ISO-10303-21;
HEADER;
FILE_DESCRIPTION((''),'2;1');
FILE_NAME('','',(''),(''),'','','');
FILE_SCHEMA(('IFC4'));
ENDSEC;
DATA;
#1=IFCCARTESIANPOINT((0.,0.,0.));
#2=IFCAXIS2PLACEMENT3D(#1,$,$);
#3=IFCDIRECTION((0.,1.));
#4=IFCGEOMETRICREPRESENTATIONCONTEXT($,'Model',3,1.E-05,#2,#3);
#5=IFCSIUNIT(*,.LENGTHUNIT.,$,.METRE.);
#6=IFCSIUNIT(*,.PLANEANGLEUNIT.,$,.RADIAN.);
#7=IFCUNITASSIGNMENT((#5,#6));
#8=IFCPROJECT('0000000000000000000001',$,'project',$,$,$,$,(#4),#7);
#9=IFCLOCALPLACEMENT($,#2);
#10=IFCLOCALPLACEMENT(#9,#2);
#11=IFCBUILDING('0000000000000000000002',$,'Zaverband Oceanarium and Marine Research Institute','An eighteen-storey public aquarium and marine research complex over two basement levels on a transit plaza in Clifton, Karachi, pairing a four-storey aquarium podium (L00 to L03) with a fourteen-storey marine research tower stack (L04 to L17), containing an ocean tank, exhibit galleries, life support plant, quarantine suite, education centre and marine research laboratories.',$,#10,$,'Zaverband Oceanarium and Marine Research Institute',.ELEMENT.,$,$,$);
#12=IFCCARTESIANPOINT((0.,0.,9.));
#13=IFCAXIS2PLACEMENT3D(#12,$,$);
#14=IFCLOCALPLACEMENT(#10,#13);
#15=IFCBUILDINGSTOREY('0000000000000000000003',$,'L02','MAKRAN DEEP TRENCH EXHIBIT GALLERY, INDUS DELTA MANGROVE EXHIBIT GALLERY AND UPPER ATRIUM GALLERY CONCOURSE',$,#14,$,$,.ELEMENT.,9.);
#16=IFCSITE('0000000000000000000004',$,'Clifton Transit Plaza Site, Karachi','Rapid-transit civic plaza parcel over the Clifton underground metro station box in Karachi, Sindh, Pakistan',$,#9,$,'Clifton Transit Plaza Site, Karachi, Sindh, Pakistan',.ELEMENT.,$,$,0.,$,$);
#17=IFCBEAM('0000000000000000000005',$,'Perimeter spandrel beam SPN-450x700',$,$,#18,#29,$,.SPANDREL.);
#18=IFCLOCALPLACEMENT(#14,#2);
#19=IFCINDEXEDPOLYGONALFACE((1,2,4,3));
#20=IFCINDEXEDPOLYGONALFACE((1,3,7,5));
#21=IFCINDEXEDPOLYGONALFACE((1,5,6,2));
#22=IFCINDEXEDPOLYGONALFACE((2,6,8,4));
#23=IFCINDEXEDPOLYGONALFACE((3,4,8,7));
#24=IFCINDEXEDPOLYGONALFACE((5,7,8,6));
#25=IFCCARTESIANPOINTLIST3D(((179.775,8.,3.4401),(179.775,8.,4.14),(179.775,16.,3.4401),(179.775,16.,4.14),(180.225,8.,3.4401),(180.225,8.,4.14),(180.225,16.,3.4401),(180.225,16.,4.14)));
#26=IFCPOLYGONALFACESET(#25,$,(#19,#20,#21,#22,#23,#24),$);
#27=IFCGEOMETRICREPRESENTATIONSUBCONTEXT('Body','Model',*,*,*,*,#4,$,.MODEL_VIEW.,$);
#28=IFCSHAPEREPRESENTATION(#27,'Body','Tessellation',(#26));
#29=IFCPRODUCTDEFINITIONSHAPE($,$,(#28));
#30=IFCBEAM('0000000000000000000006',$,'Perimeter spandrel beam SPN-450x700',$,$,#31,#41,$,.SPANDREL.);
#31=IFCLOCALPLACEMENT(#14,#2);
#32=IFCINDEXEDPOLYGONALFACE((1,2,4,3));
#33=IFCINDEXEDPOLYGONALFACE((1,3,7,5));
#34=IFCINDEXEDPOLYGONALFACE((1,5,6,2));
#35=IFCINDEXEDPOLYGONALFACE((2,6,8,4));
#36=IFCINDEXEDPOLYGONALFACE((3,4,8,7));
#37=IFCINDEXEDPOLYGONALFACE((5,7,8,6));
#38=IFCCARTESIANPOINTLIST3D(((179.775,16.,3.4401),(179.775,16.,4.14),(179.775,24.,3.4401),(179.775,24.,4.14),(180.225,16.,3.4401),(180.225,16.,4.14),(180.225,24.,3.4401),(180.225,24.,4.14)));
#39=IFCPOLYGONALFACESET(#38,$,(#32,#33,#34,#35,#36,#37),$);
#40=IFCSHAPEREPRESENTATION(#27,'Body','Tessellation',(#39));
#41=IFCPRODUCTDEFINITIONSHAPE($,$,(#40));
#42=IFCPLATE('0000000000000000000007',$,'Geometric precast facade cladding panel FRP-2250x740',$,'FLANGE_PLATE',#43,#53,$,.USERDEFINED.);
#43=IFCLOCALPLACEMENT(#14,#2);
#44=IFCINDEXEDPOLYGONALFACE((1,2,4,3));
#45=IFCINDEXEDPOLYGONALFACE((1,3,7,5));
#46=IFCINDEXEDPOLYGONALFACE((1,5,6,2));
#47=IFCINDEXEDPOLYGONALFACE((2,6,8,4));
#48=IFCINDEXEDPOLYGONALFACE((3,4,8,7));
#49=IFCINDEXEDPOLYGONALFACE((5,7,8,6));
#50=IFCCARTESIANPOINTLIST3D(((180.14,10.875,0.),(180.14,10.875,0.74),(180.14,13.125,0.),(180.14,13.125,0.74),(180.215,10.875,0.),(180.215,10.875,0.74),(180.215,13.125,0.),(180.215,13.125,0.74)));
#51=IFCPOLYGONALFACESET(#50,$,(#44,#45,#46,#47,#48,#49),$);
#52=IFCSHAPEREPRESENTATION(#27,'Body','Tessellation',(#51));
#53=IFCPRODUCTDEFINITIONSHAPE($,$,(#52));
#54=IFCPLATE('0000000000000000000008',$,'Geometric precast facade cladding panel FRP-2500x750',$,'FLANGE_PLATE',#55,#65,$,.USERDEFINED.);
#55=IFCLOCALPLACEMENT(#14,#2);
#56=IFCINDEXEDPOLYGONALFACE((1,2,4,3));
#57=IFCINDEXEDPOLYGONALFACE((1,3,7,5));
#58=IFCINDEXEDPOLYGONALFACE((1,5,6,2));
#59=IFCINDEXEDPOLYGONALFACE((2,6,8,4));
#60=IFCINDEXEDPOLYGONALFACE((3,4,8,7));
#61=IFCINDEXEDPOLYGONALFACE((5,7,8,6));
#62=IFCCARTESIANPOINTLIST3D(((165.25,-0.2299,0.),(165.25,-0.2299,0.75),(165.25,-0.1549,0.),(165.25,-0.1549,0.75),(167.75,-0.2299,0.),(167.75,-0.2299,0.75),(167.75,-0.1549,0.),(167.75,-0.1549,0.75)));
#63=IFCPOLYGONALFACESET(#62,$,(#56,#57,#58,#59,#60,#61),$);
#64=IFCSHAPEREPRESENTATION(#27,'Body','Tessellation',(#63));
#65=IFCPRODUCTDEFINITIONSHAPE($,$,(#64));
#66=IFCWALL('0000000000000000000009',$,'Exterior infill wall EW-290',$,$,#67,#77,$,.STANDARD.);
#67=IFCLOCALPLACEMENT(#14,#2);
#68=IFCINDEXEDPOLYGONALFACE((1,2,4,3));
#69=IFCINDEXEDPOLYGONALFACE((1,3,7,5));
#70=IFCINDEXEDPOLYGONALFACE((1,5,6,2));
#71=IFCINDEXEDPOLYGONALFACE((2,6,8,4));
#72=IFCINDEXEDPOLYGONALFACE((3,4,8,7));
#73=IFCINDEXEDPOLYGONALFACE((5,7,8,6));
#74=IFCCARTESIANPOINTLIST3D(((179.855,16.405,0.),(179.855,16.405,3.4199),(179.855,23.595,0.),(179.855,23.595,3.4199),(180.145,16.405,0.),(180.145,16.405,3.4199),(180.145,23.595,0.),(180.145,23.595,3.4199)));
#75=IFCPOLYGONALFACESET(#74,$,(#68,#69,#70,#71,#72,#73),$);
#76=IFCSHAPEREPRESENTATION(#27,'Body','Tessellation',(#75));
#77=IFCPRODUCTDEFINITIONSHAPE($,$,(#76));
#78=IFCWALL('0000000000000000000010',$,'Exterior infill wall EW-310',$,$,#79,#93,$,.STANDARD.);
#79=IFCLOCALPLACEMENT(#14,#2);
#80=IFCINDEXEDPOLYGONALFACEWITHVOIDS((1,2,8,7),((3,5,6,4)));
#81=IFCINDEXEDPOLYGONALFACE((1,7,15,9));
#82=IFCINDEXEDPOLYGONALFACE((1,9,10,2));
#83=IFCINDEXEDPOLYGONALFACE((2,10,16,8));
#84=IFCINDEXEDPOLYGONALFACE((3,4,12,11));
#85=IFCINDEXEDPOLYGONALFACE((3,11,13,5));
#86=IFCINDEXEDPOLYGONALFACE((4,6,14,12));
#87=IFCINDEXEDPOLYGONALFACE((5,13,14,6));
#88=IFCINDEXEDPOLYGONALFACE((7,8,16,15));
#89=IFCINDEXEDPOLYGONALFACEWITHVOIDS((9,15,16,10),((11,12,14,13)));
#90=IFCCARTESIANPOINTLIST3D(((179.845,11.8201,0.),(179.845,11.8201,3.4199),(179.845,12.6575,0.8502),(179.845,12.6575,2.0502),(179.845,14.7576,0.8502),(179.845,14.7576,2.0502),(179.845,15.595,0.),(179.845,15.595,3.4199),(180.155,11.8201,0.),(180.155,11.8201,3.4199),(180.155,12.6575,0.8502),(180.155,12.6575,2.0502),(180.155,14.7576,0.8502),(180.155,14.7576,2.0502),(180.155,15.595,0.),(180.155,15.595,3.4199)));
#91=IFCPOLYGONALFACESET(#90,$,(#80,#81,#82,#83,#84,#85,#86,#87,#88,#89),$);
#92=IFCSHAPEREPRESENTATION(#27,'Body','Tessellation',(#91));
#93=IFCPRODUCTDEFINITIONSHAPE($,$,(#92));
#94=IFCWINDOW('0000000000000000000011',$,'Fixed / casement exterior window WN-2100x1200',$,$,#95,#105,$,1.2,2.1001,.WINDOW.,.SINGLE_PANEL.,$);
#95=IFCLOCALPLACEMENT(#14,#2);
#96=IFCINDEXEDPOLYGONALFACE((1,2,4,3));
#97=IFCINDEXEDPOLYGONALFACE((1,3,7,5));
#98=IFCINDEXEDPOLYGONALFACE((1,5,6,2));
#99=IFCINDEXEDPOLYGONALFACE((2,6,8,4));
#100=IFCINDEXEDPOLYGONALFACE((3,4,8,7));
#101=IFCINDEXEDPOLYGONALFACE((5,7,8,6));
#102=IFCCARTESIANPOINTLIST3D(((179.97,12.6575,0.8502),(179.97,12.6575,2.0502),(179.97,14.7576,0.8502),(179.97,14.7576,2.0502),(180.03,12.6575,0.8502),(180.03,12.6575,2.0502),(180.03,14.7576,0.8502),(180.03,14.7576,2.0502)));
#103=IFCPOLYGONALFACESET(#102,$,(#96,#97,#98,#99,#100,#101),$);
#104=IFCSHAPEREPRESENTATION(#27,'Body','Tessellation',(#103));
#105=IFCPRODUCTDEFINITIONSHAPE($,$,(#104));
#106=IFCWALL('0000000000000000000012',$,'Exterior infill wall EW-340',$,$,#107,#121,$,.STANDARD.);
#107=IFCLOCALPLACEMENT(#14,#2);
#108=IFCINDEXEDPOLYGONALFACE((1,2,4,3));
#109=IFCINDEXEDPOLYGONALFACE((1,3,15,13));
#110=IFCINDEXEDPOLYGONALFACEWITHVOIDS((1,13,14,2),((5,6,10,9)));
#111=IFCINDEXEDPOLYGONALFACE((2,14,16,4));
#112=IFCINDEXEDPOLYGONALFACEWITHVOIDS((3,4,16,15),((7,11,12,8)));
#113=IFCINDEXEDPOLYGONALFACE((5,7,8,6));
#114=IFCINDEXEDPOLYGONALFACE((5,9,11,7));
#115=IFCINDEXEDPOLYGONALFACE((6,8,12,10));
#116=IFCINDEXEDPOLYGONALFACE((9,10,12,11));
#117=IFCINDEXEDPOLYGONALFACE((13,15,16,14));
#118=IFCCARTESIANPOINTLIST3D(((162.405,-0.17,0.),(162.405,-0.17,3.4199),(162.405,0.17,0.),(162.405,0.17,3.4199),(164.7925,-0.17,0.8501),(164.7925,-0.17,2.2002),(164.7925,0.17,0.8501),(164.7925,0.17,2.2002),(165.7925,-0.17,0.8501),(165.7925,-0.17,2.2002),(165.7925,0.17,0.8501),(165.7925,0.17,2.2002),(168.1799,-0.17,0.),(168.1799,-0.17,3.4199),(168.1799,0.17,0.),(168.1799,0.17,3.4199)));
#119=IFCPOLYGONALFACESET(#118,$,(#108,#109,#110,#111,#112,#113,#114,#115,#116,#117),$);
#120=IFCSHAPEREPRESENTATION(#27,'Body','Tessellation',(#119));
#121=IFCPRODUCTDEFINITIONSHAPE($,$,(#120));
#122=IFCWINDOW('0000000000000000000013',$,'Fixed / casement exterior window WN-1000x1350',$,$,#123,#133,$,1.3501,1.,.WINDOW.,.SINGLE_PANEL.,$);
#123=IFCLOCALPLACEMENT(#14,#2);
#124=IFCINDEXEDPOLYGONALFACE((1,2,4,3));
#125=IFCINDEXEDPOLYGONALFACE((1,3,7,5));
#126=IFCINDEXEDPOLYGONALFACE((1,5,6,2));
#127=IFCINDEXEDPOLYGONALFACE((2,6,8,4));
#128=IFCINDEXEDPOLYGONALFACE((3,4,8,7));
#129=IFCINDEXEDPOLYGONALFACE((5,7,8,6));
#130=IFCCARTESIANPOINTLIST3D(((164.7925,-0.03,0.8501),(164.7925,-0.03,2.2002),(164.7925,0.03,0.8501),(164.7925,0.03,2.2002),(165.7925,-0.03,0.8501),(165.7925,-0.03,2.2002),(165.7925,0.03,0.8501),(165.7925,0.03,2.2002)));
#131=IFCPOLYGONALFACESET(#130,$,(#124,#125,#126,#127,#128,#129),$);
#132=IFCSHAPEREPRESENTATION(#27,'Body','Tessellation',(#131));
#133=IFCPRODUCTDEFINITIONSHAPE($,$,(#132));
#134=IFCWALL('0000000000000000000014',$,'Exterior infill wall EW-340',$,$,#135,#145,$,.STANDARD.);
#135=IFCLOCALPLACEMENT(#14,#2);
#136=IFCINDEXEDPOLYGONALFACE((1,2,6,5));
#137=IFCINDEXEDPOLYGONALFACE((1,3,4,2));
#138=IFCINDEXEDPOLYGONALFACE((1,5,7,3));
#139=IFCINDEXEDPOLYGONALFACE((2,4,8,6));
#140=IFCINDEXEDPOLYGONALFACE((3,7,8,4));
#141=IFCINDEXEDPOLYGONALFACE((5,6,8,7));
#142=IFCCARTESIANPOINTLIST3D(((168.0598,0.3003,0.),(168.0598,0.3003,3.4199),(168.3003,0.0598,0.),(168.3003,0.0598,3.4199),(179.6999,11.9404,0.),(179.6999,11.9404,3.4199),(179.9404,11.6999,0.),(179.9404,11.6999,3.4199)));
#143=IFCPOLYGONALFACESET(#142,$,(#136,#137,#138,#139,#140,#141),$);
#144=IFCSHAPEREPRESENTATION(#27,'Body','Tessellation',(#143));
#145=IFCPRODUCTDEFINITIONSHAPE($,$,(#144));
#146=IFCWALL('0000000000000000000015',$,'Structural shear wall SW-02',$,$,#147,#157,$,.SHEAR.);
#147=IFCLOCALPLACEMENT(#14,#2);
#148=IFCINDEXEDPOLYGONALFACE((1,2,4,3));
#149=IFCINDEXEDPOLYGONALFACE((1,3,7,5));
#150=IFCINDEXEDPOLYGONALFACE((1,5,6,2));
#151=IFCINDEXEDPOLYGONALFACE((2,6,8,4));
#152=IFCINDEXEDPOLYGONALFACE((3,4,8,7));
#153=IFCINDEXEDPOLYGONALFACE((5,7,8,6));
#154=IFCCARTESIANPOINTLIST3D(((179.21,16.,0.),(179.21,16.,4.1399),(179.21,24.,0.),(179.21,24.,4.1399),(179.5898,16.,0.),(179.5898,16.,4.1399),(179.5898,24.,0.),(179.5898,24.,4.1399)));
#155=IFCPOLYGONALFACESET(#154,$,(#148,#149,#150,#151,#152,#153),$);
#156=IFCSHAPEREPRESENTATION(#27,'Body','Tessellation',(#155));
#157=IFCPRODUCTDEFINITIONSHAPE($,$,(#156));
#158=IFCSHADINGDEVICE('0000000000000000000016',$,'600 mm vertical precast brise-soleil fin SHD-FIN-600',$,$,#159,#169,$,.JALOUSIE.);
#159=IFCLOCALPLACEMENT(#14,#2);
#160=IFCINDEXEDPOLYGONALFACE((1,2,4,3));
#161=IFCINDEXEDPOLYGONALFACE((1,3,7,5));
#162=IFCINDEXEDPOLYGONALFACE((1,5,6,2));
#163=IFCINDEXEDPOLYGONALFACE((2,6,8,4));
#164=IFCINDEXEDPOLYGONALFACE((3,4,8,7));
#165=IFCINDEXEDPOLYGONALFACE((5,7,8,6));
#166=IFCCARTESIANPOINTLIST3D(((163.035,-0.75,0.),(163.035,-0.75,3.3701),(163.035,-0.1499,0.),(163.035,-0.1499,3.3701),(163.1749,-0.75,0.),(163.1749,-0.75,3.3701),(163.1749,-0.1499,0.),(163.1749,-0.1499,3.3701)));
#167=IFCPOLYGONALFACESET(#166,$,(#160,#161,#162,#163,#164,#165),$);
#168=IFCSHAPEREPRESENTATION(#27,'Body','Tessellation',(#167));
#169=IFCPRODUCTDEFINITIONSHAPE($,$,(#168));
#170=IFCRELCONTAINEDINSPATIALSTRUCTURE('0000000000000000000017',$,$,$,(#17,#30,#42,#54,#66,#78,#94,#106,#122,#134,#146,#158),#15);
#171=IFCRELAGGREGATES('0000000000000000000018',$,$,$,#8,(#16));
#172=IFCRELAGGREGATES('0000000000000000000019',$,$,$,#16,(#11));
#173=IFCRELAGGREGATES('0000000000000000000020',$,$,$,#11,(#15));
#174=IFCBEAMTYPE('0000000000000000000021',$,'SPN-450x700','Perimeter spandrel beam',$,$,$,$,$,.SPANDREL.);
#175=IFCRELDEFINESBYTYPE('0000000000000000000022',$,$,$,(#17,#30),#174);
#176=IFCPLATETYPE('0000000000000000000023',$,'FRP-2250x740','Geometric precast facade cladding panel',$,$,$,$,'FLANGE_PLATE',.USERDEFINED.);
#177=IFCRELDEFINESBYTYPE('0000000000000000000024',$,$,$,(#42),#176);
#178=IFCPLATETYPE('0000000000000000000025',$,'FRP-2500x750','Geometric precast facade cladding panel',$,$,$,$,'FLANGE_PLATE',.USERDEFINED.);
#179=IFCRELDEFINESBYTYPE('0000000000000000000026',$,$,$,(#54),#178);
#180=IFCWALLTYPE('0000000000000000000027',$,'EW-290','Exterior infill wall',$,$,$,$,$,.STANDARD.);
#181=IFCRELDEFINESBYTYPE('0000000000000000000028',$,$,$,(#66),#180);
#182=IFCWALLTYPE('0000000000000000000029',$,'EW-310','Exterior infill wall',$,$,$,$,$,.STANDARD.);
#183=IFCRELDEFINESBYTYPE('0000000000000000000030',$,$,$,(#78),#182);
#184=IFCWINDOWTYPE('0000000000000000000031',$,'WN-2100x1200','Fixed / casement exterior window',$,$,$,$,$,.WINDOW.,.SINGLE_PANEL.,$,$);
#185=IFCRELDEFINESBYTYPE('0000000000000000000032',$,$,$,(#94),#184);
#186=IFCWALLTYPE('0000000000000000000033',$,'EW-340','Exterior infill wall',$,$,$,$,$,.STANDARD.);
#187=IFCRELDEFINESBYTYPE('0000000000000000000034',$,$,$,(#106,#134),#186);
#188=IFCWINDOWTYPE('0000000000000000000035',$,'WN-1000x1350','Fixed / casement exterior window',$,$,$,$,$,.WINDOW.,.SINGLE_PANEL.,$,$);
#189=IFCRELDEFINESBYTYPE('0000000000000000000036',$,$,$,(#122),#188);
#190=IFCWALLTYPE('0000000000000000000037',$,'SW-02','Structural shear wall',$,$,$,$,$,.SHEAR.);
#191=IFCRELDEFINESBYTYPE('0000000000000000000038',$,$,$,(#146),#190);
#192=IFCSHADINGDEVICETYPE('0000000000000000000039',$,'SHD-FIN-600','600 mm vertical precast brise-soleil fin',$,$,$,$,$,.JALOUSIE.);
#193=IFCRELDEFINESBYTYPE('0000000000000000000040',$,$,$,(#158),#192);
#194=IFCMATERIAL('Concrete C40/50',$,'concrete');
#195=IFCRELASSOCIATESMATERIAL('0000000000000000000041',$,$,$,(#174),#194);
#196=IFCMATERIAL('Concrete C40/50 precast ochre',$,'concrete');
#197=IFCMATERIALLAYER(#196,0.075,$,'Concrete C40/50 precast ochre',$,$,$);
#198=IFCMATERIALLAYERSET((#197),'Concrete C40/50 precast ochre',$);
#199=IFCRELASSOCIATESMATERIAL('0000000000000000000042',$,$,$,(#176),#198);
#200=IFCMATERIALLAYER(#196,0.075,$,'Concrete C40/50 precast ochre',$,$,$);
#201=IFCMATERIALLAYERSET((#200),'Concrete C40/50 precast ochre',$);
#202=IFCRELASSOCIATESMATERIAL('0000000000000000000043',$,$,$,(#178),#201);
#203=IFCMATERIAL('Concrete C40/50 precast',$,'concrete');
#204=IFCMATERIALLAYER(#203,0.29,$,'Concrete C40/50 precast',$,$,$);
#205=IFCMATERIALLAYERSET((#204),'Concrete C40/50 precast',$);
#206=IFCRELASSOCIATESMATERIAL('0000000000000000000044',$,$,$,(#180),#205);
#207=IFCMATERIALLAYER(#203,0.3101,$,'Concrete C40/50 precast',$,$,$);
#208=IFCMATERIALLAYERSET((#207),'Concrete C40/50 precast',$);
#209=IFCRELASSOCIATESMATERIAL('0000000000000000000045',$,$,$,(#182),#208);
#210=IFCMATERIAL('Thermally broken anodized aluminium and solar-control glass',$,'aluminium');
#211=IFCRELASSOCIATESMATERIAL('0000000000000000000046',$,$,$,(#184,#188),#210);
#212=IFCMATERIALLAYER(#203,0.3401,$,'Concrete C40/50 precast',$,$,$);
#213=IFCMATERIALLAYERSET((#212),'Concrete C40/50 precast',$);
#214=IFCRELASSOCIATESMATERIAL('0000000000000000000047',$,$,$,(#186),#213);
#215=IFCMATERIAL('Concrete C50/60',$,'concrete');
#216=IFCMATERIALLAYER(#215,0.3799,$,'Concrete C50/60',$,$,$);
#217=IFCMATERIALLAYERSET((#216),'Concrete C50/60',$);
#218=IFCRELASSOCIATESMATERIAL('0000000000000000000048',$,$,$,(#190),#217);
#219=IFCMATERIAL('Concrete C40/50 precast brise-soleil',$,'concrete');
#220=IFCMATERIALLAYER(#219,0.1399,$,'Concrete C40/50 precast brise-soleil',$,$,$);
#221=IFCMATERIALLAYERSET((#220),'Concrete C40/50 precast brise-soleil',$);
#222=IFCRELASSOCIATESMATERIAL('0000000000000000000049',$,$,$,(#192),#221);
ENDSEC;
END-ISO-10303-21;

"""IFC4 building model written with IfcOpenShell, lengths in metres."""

from ifc_helpers import new_model, si_unit, direction, frame, frame_2d, origin, origin_2d, place, context, subcontext, project, spatial, rectangle, extrude, material, layer, layer_set, material_profile, profile_set, type_object, element, fill, save


model = new_model("IFC4")

# Units and contexts
model_context = context("Model", 3, precision=1e-05, world=origin(), true_north=direction((0.0, 1.0)))
body_context = subcontext(model_context, "Body", "Model", "MODEL_VIEW")
ifc_project = project(units=[si_unit("LENGTHUNIT", "METRE"), si_unit("PLANEANGLEUNIT", "RADIAN")], contexts=[model_context])

# Site, building, storey
site_placement = place(None, origin())
site = spatial("IfcSite", under=ifc_project, at=site_placement, Name="Clifton Transit Plaza Site, Karachi", Description="Rapid-transit civic plaza parcel over the Clifton underground metro station box in Karachi, Sindh, Pakistan", LongName="Clifton Transit Plaza Site, Karachi, Sindh, Pakistan", CompositionType="ELEMENT", RefElevation=0.0)
building_placement = place(site_placement, origin())
building = spatial("IfcBuilding", under=site, at=building_placement, Name="Zaverband Oceanarium and Marine Research Institute", Description="An eighteen-storey public aquarium and marine research complex over two basement levels on a transit plaza in Clifton, Karachi, pairing a four-storey aquarium podium (L00 to L03) with a fourteen-storey marine research tower stack (L04 to L17), containing an ocean tank, exhibit galleries, life support plant, quarantine suite, education centre and marine research laboratories.", LongName="Zaverband Oceanarium and Marine Research Institute", CompositionType="ELEMENT")
storey_placement = place(building_placement, frame((0.0, 0.0, 9.0)))
storey = spatial("IfcBuildingStorey", under=building, at=storey_placement, Name="L02", Description="MAKRAN DEEP TRENCH EXHIBIT GALLERY, INDUS DELTA MANGROVE EXHIBIT GALLERY AND UPPER ATRIUM GALLERY CONCOURSE", CompositionType="ELEMENT", Elevation=9.0)

# Shared definitions
ifc_material_1 = material(Name="Concrete C50/60", Category="concrete")

# Beams
ifc_material_2 = material(Name="Concrete C40/50", Category="concrete")
ifc_material_profile_1 = material_profile(ifc_material_2, rectangle(XDim=0.45, YDim=0.7, at=origin_2d()), Name="RC450x700")
ifc_profile_set_1 = profile_set([ifc_material_profile_1], Name="Concrete C40/50")
beam_type_1 = type_object("IfcBeamType", Name="SPN-450x700", Description="Perimeter spandrel beam", PredefinedType="SPANDREL", material=ifc_profile_set_1)
for number, where, z_axis, x_axis, name in (
    (1, (180.0, 8.0, 3.79), (0.0, 1.0, 0.0), (-1.0, 0.0, 0.0), "Perimeter spandrel beam SPN-450x700"),
    (2, (180.0, 16.0, 3.79), (0.0, 1.0, 0.0), (-1.0, 0.0, 0.0), "Perimeter spandrel beam SPN-450x700"),
):
    element("IfcBeam", number, at=place(storey_placement, frame(where, z_axis=z_axis, x_axis=x_axis)), inside=storey, type_object=beam_type_1, Name=name, PredefinedType="SPANDREL", context=body_context, shape_type="SweptSolid", body=[
        extrude(rectangle(XDim=0.45, YDim=0.7, at=origin_2d()), origin(), (0.0, 0.0, 1.0), 8.0),
    ])

# Plates
ifc_material_3 = material(Name="Concrete C40/50 precast ochre", Category="concrete")
ifc_layer_1 = layer(ifc_material_3, 0.075, Name="Concrete C40/50 precast ochre")
ifc_layer_set_1 = layer_set([ifc_layer_1], Name="Concrete C40/50 precast ochre")
plate_type_1 = type_object("IfcPlateType", Name="FRP-2250x740", Description="Geometric precast facade cladding panel", ElementType="FLANGE_PLATE", PredefinedType="USERDEFINED", material=ifc_layer_set_1)
plate_1_placement = place(storey_placement, frame((180.1775, 10.875, 0.0), z_axis=(0.0, 0.0, 1.0), x_axis=(0.0, 1.0, 0.0)))
element("IfcPlate", 3, at=plate_1_placement, inside=storey, type_object=plate_type_1, Name="Geometric precast facade cladding panel FRP-2250x740", ObjectType="FLANGE_PLATE", PredefinedType="USERDEFINED", context=body_context, shape_type="SweptSolid", body=[
    extrude(rectangle(XDim=2.25, YDim=0.075, at=frame_2d((1.125, 0.0))), origin(), (0.0, 0.0, 1.0), 0.74),
])
ifc_layer_2 = layer(ifc_material_3, 0.075, Name="Concrete C40/50 precast ochre")
ifc_layer_set_2 = layer_set([ifc_layer_2], Name="Concrete C40/50 precast ochre")
plate_type_2 = type_object("IfcPlateType", Name="FRP-2500x750", Description="Geometric precast facade cladding panel", ElementType="FLANGE_PLATE", PredefinedType="USERDEFINED", material=ifc_layer_set_2)
plate_2_placement = place(storey_placement, frame((165.25, -0.1924, 0.0), z_axis=(0.0, 0.0, 1.0), x_axis=(1.0, 0.0, 0.0)))
element("IfcPlate", 4, at=plate_2_placement, inside=storey, type_object=plate_type_2, Name="Geometric precast facade cladding panel FRP-2500x750", ObjectType="FLANGE_PLATE", PredefinedType="USERDEFINED", context=body_context, shape_type="SweptSolid", body=[
    extrude(rectangle(XDim=2.5, YDim=0.075, at=frame_2d((1.25, 0.0))), origin(), (0.0, 0.0, 1.0), 0.75),
])

# Wall
ifc_material_4 = material(Name="Concrete C40/50 precast", Category="concrete")
ifc_layer_3 = layer(ifc_material_4, 0.29, Name="Concrete C40/50 precast")
ifc_layer_set_3 = layer_set([ifc_layer_3], Name="Concrete C40/50 precast")
wall_type_1 = type_object("IfcWallType", Name="EW-290", Description="Exterior infill wall", PredefinedType="STANDARD", material=ifc_layer_set_3)
wall_1_placement = place(storey_placement, frame((180.0, 16.405, 0.0), z_axis=(0.0, 0.0, 1.0), x_axis=(0.0, 1.0, 0.0)))
element("IfcWall", 5, at=wall_1_placement, inside=storey, type_object=wall_type_1, Name="Exterior infill wall EW-290", PredefinedType="STANDARD", context=body_context, shape_type="SweptSolid", body=[
    extrude(rectangle(XDim=7.1899, YDim=0.29, at=frame_2d((3.595, 0.0))), origin(), (0.0, 0.0, 1.0), 3.4199),
])

# Walls, openings, windows
ifc_layer_4 = layer(ifc_material_4, 0.3101, Name="Concrete C40/50 precast")
ifc_layer_set_4 = layer_set([ifc_layer_4], Name="Concrete C40/50 precast")
wall_type_2 = type_object("IfcWallType", Name="EW-310", Description="Exterior infill wall", PredefinedType="STANDARD", material=ifc_layer_set_4)
wall_2_placement = place(storey_placement, frame((180.0, 11.8201, 0.0), z_axis=(0.0, 0.0, 1.0), x_axis=(0.0, 1.0, 0.0)))
wall_2 = element("IfcWall", 6, at=wall_2_placement, inside=storey, type_object=wall_type_2, Name="Exterior infill wall EW-310", PredefinedType="STANDARD", context=body_context, shape_type="SweptSolid", body=[
    extrude(rectangle(XDim=3.7749, YDim=0.3101, at=frame_2d((1.8875, 0.0))), origin(), (0.0, 0.0, 1.0), 3.4199),
])
opening_1_placement = place(wall_2_placement, frame((0.8374, 0.0, 0.8501)))
opening_1 = element("IfcOpeningElement", 7, at=opening_1_placement, cuts=wall_2, PredefinedType="OPENING", context=body_context, shape_type="SweptSolid", body=[
    extrude(rectangle(XDim=2.1001, YDim=1.2, at=frame_2d((1.05, 0.6001))), frame((0.0, 0.167, 0.0), z_axis=(0.0, -1.0, 0.0), x_axis=(1.0, 0.0, 0.0)), (0.0, 0.0, 1.0), 0.334),
])
ifc_material_5 = material(Name="Thermally broken anodized aluminium and solar-control glass", Category="aluminium")
window_type_1 = type_object("IfcWindowType", Name="WN-2100x1200", Description="Fixed / casement exterior window", PartitioningType="SINGLE_PANEL", PredefinedType="WINDOW", material=ifc_material_5)
window_1_placement = place(opening_1_placement, origin())
window_1 = element("IfcWindow", 8, at=window_1_placement, inside=storey, type_object=window_type_1, Name="Fixed / casement exterior window WN-2100x1200", OverallHeight=1.2, OverallWidth=2.1001, PartitioningType="SINGLE_PANEL", PredefinedType="WINDOW", context=body_context, shape_type="SweptSolid", body=[
    extrude(rectangle(XDim=2.1001, YDim=1.2, at=frame_2d((1.05, 0.6001))), frame((0.0, 0.03, 0.0), z_axis=(0.0, -1.0, 0.0), x_axis=(1.0, 0.0, 0.0)), (0.0, 0.0, 1.0), 0.0601),
])
fill(opening_1, window_1)
ifc_layer_5 = layer(ifc_material_4, 0.3401, Name="Concrete C40/50 precast")
ifc_layer_set_5 = layer_set([ifc_layer_5], Name="Concrete C40/50 precast")
wall_type_3 = type_object("IfcWallType", Name="EW-340", Description="Exterior infill wall", PredefinedType="STANDARD", material=ifc_layer_set_5)
wall_3_placement = place(storey_placement, frame((162.405, 0.0, 0.0), z_axis=(0.0, 0.0, 1.0), x_axis=(1.0, 0.0, 0.0)))
wall_3 = element("IfcWall", 9, at=wall_3_placement, inside=storey, type_object=wall_type_3, Name="Exterior infill wall EW-340", PredefinedType="STANDARD", context=body_context, shape_type="SweptSolid", body=[
    extrude(rectangle(XDim=5.7749, YDim=0.3401, at=frame_2d((2.8875, 0.0))), origin(), (0.0, 0.0, 1.0), 3.4199),
])
opening_2_placement = place(wall_3_placement, frame((2.3875, 0.0, 0.8501)))
opening_2 = element("IfcOpeningElement", 10, at=opening_2_placement, cuts=wall_3, PredefinedType="OPENING", context=body_context, shape_type="SweptSolid", body=[
    extrude(rectangle(XDim=1.0, YDim=1.3501, at=frame_2d((0.5, 0.675))), frame((0.0, 0.1821, 0.0), z_axis=(0.0, -1.0, 0.0), x_axis=(1.0, 0.0, 0.0)), (0.0, 0.0, 1.0), 0.364),
])
window_type_2 = type_object("IfcWindowType", Name="WN-1000x1350", Description="Fixed / casement exterior window", PartitioningType="SINGLE_PANEL", PredefinedType="WINDOW", material=ifc_material_5)
window_2_placement = place(opening_2_placement, origin())
window_2 = element("IfcWindow", 11, at=window_2_placement, inside=storey, type_object=window_type_2, Name="Fixed / casement exterior window WN-1000x1350", OverallHeight=1.3501, OverallWidth=1.0, PartitioningType="SINGLE_PANEL", PredefinedType="WINDOW", context=body_context, shape_type="SweptSolid", body=[
    extrude(rectangle(XDim=1.0, YDim=1.3501, at=frame_2d((0.5, 0.675))), frame((0.0, 0.03, 0.0), z_axis=(0.0, -1.0, 0.0), x_axis=(1.0, 0.0, 0.0)), (0.0, 0.0, 1.0), 0.0601),
])
fill(opening_2, window_2)

# Walls
wall_4_placement = place(storey_placement, frame((168.1799, 0.1799, 0.0), z_axis=(0.0, 0.0, 1.0), x_axis=(0.707107, 0.707107, 0.0)))
element("IfcWall", 12, at=wall_4_placement, inside=storey, type_object=wall_type_3, Name="Exterior infill wall EW-340", PredefinedType="STANDARD", context=body_context, shape_type="SweptSolid", body=[
    extrude(rectangle(XDim=16.4617, YDim=0.3401, at=frame_2d((8.231, 0.0))), origin(), (0.0, 0.0, 1.0), 3.4199),
])
ifc_layer_6 = layer(ifc_material_1, 0.3799, Name="Concrete C50/60")
ifc_layer_set_6 = layer_set([ifc_layer_6], Name="Concrete C50/60")
wall_type_4 = type_object("IfcWallType", Name="SW-02", Description="Structural shear wall", PredefinedType="SHEAR", material=ifc_layer_set_6)
wall_5_placement = place(storey_placement, frame((179.3999, 16.0, 0.0), z_axis=(0.0, 0.0, 1.0), x_axis=(0.0, 1.0, 0.0)))
element("IfcWall", 13, at=wall_5_placement, inside=storey, type_object=wall_type_4, Name="Structural shear wall SW-02", PredefinedType="SHEAR", context=body_context, shape_type="SweptSolid", body=[
    extrude(rectangle(XDim=8.0, YDim=0.3799, at=frame_2d((4.0, 0.0))), origin(), (0.0, 0.0, 1.0), 4.1399),
])

# Shading device
ifc_material_6 = material(Name="Concrete C40/50 precast brise-soleil", Category="concrete")
ifc_layer_7 = layer(ifc_material_6, 0.1399, Name="Concrete C40/50 precast brise-soleil")
ifc_layer_set_7 = layer_set([ifc_layer_7], Name="Concrete C40/50 precast brise-soleil")
shading_device_type = type_object("IfcShadingDeviceType", Name="SHD-FIN-600", Description="600 mm vertical precast brise-soleil fin", PredefinedType="JALOUSIE", material=ifc_layer_set_7)
for number, where, z_axis, x_axis, name in (
    (14, (163.105, -0.1499, 0.0), (0.0, 0.0, 1.0), (0.0, -1.0, 0.0), "600 mm vertical precast brise-soleil fin SHD-FIN-600"),
):
    element("IfcShadingDevice", number, at=place(storey_placement, frame(where, z_axis=z_axis, x_axis=x_axis)), inside=storey, type_object=shading_device_type, Name=name, PredefinedType="JALOUSIE", context=body_context, shape_type="SweptSolid", body=[
        extrude(rectangle(XDim=0.6001, YDim=0.1399, at=frame_2d((0.3, 0.0))), origin(), (0.0, 0.0, 1.0), 3.3701),
    ])

save(model, "model.ifc")
